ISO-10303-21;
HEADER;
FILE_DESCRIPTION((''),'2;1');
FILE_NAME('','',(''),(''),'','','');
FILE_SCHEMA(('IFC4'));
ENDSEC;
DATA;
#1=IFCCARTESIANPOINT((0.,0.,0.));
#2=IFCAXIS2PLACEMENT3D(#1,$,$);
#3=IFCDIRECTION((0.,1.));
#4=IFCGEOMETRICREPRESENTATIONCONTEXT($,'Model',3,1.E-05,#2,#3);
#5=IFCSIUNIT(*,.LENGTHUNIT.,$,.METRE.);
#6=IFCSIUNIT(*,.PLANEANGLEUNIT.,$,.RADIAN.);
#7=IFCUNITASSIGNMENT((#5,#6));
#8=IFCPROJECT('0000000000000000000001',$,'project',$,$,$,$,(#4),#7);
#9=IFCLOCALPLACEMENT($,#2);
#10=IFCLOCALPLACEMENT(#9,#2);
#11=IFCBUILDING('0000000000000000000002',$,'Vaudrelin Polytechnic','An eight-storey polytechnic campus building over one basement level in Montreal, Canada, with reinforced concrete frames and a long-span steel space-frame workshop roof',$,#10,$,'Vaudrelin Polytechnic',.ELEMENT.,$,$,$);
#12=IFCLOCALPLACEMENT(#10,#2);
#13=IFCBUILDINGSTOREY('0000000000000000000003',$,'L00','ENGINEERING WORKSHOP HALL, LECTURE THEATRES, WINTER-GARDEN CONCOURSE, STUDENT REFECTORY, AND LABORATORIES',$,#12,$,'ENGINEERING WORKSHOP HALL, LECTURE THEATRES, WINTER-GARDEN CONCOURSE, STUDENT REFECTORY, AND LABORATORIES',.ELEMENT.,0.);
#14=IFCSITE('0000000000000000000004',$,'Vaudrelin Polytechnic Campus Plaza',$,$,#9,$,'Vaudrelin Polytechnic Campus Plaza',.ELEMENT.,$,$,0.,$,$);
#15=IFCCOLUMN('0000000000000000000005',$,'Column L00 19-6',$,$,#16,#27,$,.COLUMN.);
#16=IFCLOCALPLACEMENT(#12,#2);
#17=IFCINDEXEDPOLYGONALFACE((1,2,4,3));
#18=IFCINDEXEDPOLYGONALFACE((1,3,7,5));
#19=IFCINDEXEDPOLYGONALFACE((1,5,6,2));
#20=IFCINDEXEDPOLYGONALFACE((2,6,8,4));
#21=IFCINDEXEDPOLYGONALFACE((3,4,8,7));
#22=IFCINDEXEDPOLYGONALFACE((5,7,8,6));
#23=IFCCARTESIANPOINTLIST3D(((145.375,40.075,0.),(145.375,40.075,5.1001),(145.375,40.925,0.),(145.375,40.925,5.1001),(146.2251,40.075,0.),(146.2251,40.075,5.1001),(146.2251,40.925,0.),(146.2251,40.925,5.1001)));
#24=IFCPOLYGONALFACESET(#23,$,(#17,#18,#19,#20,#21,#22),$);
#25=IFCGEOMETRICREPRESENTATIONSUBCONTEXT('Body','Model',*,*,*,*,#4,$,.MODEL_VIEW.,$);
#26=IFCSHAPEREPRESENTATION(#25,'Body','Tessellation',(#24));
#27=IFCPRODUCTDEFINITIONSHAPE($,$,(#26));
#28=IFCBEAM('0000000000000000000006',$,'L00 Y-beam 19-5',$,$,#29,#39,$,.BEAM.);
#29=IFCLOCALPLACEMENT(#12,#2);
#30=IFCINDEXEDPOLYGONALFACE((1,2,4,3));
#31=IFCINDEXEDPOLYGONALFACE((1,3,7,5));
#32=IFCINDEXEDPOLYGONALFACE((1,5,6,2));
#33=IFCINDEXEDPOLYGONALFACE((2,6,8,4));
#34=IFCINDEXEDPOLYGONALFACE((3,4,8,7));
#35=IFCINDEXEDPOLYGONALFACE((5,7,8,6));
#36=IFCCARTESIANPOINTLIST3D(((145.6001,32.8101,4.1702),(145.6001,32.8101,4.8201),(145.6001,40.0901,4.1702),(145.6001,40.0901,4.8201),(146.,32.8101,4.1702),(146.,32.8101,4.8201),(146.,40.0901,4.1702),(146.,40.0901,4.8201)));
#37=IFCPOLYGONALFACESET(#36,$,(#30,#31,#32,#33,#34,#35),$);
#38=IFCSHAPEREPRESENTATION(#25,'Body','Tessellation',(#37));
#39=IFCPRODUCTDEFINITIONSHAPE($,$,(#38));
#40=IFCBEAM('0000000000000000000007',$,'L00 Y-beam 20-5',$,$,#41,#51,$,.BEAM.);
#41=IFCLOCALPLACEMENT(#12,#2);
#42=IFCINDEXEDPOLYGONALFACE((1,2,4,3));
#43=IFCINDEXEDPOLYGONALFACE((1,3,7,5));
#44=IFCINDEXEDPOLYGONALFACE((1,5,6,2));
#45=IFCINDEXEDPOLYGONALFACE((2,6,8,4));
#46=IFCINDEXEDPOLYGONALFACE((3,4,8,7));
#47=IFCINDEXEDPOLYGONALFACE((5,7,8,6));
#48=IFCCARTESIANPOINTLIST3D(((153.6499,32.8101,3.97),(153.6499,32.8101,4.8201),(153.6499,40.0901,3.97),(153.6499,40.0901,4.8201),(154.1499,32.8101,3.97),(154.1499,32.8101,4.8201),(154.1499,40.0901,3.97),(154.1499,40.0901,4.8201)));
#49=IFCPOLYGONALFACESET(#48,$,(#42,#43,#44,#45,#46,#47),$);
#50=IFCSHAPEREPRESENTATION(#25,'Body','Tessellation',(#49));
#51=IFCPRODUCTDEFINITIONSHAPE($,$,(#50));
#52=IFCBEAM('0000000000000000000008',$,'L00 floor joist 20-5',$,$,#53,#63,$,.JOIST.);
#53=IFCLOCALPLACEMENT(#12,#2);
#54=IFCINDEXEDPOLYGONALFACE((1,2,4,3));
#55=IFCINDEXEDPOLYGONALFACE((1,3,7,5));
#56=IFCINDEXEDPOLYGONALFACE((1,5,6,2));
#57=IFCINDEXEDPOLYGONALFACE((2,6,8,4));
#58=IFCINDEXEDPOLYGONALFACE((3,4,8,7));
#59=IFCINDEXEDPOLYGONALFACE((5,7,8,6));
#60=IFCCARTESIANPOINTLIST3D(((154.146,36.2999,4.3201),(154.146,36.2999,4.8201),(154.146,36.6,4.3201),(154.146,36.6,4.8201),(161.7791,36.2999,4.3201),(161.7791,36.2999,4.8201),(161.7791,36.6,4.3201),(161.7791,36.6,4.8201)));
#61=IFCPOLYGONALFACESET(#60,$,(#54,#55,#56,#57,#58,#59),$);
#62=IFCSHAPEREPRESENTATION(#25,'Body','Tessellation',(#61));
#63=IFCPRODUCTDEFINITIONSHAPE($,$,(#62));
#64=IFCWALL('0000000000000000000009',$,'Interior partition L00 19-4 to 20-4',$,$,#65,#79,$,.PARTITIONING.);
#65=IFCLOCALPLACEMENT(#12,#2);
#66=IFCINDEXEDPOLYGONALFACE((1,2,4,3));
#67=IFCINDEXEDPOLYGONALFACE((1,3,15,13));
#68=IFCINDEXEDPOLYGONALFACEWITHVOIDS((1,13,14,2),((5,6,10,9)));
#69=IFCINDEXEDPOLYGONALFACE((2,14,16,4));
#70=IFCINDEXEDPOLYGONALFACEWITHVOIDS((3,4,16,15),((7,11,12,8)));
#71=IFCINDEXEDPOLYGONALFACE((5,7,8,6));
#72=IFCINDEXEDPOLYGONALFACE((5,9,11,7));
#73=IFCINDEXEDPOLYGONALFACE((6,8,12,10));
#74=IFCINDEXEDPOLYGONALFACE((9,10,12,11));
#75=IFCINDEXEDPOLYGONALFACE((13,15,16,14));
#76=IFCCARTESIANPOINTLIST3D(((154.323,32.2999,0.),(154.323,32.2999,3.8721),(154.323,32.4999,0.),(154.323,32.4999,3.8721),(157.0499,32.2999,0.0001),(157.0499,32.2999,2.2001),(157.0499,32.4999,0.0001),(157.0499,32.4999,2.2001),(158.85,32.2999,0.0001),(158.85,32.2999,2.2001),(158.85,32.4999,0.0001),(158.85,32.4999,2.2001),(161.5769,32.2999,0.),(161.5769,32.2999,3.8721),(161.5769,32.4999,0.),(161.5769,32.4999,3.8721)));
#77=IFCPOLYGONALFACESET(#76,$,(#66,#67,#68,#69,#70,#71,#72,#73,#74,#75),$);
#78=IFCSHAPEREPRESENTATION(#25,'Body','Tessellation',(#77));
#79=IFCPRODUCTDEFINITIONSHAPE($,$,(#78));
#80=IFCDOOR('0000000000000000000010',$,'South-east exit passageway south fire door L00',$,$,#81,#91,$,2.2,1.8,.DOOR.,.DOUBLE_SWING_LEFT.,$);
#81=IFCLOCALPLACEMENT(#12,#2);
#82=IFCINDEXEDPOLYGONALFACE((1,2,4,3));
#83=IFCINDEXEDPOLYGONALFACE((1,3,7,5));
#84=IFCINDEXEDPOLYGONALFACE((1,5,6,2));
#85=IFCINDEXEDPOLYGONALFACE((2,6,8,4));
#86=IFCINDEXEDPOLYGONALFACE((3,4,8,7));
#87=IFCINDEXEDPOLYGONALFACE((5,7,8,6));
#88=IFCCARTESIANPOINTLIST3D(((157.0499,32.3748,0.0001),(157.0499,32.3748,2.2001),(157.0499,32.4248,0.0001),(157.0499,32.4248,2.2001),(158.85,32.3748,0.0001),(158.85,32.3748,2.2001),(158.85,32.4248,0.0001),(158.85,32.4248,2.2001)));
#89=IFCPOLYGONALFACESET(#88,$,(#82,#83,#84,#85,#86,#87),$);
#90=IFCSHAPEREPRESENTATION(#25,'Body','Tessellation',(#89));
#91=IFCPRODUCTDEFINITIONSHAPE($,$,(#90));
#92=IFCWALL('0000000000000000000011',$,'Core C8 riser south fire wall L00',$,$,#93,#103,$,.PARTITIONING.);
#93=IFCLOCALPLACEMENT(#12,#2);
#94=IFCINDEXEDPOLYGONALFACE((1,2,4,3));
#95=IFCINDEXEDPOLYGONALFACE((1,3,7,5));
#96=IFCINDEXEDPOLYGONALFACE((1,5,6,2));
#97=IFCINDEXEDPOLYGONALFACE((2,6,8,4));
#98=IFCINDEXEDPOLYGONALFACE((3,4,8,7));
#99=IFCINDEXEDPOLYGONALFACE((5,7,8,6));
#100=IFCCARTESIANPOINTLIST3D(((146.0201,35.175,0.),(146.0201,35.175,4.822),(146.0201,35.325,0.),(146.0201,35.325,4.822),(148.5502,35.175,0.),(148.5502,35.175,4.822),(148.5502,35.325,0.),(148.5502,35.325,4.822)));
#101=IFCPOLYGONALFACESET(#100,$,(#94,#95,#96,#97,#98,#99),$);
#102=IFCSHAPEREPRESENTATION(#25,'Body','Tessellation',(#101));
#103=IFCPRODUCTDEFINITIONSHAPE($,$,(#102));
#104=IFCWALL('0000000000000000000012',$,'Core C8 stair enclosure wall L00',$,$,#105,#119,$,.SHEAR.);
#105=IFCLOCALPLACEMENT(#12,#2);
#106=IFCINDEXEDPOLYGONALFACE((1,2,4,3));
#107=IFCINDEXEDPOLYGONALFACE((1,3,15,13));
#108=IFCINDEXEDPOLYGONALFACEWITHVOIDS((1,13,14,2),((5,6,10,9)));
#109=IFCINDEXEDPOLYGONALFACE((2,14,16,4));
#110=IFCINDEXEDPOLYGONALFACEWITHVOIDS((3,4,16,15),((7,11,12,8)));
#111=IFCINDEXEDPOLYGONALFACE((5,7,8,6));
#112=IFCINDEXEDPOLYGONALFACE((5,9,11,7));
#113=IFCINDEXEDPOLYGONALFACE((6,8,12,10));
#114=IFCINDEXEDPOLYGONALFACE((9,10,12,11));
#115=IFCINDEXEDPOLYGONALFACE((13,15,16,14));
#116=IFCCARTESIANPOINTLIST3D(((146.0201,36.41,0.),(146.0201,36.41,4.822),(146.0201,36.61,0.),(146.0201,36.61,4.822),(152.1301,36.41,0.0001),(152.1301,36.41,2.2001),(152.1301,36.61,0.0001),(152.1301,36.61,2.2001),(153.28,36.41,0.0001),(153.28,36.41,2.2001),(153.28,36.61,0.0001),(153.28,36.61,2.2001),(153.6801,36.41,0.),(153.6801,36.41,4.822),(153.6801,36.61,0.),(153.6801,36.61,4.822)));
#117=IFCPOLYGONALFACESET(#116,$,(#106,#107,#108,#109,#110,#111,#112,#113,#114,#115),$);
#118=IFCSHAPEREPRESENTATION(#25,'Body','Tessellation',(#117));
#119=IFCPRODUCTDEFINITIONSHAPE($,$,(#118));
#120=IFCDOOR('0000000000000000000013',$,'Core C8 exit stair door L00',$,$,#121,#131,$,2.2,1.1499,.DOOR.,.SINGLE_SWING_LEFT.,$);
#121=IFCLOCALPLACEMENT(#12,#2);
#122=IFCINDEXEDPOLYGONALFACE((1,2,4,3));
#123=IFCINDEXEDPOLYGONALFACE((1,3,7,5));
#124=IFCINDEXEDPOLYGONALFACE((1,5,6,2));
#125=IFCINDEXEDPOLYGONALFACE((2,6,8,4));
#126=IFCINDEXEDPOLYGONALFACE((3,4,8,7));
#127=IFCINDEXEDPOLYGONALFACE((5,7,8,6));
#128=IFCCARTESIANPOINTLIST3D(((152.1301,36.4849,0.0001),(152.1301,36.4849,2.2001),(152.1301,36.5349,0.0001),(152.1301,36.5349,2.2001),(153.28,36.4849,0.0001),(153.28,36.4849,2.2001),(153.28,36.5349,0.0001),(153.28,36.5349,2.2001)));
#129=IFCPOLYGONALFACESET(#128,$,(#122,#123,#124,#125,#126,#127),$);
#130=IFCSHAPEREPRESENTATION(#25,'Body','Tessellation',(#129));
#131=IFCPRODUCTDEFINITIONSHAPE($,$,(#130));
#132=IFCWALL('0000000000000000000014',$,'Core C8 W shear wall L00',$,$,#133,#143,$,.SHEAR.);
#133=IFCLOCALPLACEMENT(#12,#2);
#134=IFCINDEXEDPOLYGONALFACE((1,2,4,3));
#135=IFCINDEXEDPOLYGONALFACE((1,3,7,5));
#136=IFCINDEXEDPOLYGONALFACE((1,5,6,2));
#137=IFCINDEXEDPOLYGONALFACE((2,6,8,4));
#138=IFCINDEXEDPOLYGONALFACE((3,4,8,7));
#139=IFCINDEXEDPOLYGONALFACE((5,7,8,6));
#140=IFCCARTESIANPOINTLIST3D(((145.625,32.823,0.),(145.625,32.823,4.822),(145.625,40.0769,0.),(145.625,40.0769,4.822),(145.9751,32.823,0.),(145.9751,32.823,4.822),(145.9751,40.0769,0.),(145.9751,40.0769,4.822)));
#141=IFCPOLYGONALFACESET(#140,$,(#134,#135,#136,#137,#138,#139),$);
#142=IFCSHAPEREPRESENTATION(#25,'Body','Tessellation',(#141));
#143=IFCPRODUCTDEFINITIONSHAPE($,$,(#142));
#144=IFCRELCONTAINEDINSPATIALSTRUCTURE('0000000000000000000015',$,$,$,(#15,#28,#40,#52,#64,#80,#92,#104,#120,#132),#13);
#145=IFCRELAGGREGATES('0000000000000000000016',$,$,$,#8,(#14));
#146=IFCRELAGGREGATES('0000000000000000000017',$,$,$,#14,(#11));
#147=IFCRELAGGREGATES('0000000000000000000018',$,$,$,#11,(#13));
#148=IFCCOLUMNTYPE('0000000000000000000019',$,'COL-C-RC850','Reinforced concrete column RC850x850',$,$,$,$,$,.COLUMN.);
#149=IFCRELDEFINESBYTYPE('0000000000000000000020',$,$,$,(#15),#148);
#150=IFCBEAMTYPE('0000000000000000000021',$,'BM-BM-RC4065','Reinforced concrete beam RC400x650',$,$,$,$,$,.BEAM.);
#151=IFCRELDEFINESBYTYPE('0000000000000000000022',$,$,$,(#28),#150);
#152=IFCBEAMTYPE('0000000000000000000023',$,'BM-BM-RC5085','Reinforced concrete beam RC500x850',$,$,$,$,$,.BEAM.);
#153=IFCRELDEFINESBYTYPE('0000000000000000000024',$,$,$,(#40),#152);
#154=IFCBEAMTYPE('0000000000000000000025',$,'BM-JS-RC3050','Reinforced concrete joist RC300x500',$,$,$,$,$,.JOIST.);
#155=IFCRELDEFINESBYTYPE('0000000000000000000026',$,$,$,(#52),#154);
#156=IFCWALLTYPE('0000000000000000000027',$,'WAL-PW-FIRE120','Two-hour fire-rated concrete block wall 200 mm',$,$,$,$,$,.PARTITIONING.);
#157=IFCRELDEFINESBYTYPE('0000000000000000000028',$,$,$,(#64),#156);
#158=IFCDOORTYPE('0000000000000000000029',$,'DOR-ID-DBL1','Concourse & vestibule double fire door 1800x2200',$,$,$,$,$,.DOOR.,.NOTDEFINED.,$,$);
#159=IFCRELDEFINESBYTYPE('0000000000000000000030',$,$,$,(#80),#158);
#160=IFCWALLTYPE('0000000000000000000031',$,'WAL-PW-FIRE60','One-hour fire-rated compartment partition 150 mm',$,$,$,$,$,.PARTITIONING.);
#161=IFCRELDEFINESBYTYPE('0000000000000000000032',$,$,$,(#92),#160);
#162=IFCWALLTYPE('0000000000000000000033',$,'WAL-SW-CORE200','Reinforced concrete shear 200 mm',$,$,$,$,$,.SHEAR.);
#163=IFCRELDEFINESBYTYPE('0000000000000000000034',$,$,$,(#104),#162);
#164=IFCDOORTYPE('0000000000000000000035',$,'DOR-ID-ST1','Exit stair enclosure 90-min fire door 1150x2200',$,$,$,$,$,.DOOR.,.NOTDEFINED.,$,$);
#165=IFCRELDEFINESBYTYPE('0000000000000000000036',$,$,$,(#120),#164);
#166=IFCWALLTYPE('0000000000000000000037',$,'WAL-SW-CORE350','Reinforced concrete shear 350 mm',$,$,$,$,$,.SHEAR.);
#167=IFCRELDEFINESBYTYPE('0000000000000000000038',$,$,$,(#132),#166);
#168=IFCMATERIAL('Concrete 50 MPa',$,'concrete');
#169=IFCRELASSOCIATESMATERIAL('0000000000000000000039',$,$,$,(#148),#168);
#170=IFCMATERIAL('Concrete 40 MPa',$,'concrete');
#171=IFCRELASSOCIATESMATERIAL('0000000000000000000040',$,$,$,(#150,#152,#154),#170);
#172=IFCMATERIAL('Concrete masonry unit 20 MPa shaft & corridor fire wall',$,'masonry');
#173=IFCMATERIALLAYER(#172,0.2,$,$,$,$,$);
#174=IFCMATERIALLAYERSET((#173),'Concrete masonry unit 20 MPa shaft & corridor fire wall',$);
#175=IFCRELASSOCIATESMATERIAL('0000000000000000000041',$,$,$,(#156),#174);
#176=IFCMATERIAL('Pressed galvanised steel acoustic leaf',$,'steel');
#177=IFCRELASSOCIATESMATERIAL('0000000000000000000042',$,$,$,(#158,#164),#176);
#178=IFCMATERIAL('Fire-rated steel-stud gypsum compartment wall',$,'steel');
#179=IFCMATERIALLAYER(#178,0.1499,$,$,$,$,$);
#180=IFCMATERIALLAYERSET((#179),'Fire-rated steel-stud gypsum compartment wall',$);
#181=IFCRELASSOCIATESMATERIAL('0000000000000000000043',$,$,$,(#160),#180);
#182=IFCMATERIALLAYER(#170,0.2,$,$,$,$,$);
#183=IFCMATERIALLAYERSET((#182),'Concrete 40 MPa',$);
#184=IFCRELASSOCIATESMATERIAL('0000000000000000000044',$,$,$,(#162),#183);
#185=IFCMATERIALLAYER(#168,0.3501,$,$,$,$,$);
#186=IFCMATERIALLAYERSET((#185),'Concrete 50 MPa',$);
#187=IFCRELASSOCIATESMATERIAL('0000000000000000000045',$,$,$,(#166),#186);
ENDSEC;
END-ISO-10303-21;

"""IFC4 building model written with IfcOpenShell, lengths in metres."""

from ifc_helpers import new_model, si_unit, direction, frame, frame_2d, origin, origin_2d, place, context, subcontext, project, spatial, rectangle, extrude, material, layer, layer_set, material_profile, profile_set, type_object, element, fill, save


model = new_model("IFC4")

# Units and contexts
model_context = context("Model", 3, precision=1e-05, world=origin(), true_north=direction((0.0, 1.0)))
body_context = subcontext(model_context, "Body", "Model", "MODEL_VIEW")
ifc_project = project(units=[si_unit("LENGTHUNIT", "METRE"), si_unit("PLANEANGLEUNIT", "RADIAN")], contexts=[model_context])

# Site, building, storey
site_placement = place(None, origin())
site = spatial("IfcSite", under=ifc_project, at=site_placement, Name="Vaudrelin Polytechnic Campus Plaza", LongName="Vaudrelin Polytechnic Campus Plaza", CompositionType="ELEMENT", RefElevation=0.0)
building_placement = place(site_placement, origin())
building = spatial("IfcBuilding", under=site, at=building_placement, Name="Vaudrelin Polytechnic", Description="An eight-storey polytechnic campus building over one basement level in Montreal, Canada, with reinforced concrete frames and a long-span steel space-frame workshop roof", LongName="Vaudrelin Polytechnic", CompositionType="ELEMENT")
storey_placement = place(building_placement, origin())
storey = spatial("IfcBuildingStorey", under=building, at=storey_placement, Name="L00", Description="ENGINEERING WORKSHOP HALL, LECTURE THEATRES, WINTER-GARDEN CONCOURSE, STUDENT REFECTORY, AND LABORATORIES", LongName="ENGINEERING WORKSHOP HALL, LECTURE THEATRES, WINTER-GARDEN CONCOURSE, STUDENT REFECTORY, AND LABORATORIES", CompositionType="ELEMENT", Elevation=0.0)

# Column
ifc_material_1 = material(Name="Concrete 50 MPa", Category="concrete")
ifc_material_profile_1 = material_profile(ifc_material_1, rectangle(XDim=0.8501, YDim=0.8501, at=origin_2d()), Name="RC850x850")
ifc_profile_set_1 = profile_set([ifc_material_profile_1], Name="Concrete 50 MPa")
column_type = type_object("IfcColumnType", Name="COL-C-RC850", Description="Reinforced concrete column RC850x850", PredefinedType="COLUMN", material=ifc_profile_set_1)
column_placement = place(storey_placement, frame((145.8, 40.5, 0.0), z_axis=(0.0, 0.0, 1.0), x_axis=(1.0, 0.0, 0.0)))
element("IfcColumn", 1, at=column_placement, inside=storey, type_object=column_type, Name="Column L00 19-6", PredefinedType="COLUMN", context=body_context, shape_type="SweptSolid", body=[
    extrude(rectangle(XDim=0.8501, YDim=0.8501, at=origin_2d()), origin(), (0.0, 0.0, 1.0), 5.1001),
])

# Beams
ifc_material_2 = material(Name="Concrete 40 MPa", Category="concrete")
ifc_material_profile_2 = material_profile(ifc_material_2, rectangle(XDim=0.3999, YDim=0.6499, at=origin_2d()), Name="RC400x650")
ifc_profile_set_2 = profile_set([ifc_material_profile_2], Name="Concrete 40 MPa")
beam_type_1 = type_object("IfcBeamType", Name="BM-BM-RC4065", Description="Reinforced concrete beam RC400x650", PredefinedType="BEAM", material=ifc_profile_set_2)
beam_1_placement = place(storey_placement, frame((145.8, 32.8101, 4.4951), z_axis=(0.0, 1.0, 0.0), x_axis=(-1.0, 0.0, 0.0)))
element("IfcBeam", 2, at=beam_1_placement, inside=storey, type_object=beam_type_1, Name="L00 Y-beam 19-5", PredefinedType="BEAM", context=body_context, shape_type="SweptSolid", body=[
    extrude(rectangle(XDim=0.3999, YDim=0.6499, at=origin_2d()), origin(), (0.0, 0.0, 1.0), 7.28),
])
ifc_material_profile_3 = material_profile(ifc_material_2, rectangle(XDim=0.5, YDim=0.8501, at=origin_2d()), Name="RC500x850")
ifc_profile_set_3 = profile_set([ifc_material_profile_3], Name="Concrete 40 MPa")
beam_type_2 = type_object("IfcBeamType", Name="BM-BM-RC5085", Description="Reinforced concrete beam RC500x850", PredefinedType="BEAM", material=ifc_profile_set_3)
beam_2_placement = place(storey_placement, frame((153.8999, 32.8101, 4.395), z_axis=(0.0, 1.0, 0.0), x_axis=(-1.0, 0.0, 0.0)))
element("IfcBeam", 3, at=beam_2_placement, inside=storey, type_object=beam_type_2, Name="L00 Y-beam 20-5", PredefinedType="BEAM", context=body_context, shape_type="SweptSolid", body=[
    extrude(rectangle(XDim=0.5, YDim=0.8501, at=origin_2d()), origin(), (0.0, 0.0, 1.0), 7.28),
])
ifc_material_profile_4 = material_profile(ifc_material_2, rectangle(XDim=0.3, YDim=0.5, at=origin_2d()), Name="RC300x500")
ifc_profile_set_4 = profile_set([ifc_material_profile_4], Name="Concrete 40 MPa")
beam_type_3 = type_object("IfcBeamType", Name="BM-JS-RC3050", Description="Reinforced concrete joist RC300x500", PredefinedType="JOIST", material=ifc_profile_set_4)
beam_3_placement = place(storey_placement, frame((154.146, 36.45, 4.5701), z_axis=(1.0, 0.0, 0.0), x_axis=(0.0, 1.0, 0.0)))
element("IfcBeam", 4, at=beam_3_placement, inside=storey, type_object=beam_type_3, Name="L00 floor joist 20-5", PredefinedType="JOIST", context=body_context, shape_type="SweptSolid", body=[
    extrude(rectangle(XDim=0.3, YDim=0.5, at=origin_2d()), origin(), (0.0, 0.0, 1.0), 7.6331),
])

# Wall, opening, door
ifc_material_3 = material(Name="Concrete masonry unit 20 MPa shaft & corridor fire wall", Category="masonry")
ifc_layer_1 = layer(ifc_material_3, 0.2)
ifc_layer_set_1 = layer_set([ifc_layer_1], Name="Concrete masonry unit 20 MPa shaft & corridor fire wall")
wall_type_1 = type_object("IfcWallType", Name="WAL-PW-FIRE120", Description="Two-hour fire-rated concrete block wall 200 mm", PredefinedType="PARTITIONING", material=ifc_layer_set_1)
wall_1_placement = place(storey_placement, frame((154.323, 32.3999, 0.0), z_axis=(0.0, 0.0, 1.0), x_axis=(1.0, 0.0, 0.0)))
wall_1 = element("IfcWall", 5, at=wall_1_placement, inside=storey, type_object=wall_type_1, Name="Interior partition L00 19-4 to 20-4", PredefinedType="PARTITIONING", context=body_context, shape_type="SweptSolid", body=[
    extrude(rectangle(XDim=7.2539, YDim=0.2, at=frame_2d((3.627, 0.0))), origin(), (0.0, 0.0, 1.0), 3.8721),
])
opening_1_placement = place(wall_1_placement, frame((2.7271, 0.0, 0.0)))
opening_1 = element("IfcOpeningElement", 6, at=opening_1_placement, cuts=wall_1, PredefinedType="OPENING", context=body_context, shape_type="SweptSolid", body=[
    extrude(rectangle(XDim=1.8, YDim=2.2, at=frame_2d((0.8999, 1.1001))), frame((0.0, 0.1099, 0.0), z_axis=(0.0, -1.0, 0.0), x_axis=(1.0, 0.0, 0.0)), (0.0, 0.0, 1.0), 0.22),
])
ifc_material_4 = material(Name="Pressed galvanised steel acoustic leaf", Category="steel")
door_type_1 = type_object("IfcDoorType", Name="DOR-ID-DBL1", Description="Concourse & vestibule double fire door 1800x2200", OperationType="NOTDEFINED", PredefinedType="DOOR", material=ifc_material_4)
door_1_placement = place(opening_1_placement, origin())
door_1 = element("IfcDoor", 7, at=door_1_placement, inside=storey, type_object=door_type_1, Name="South-east exit passageway south fire door L00", OperationType="DOUBLE_SWING_LEFT", OverallHeight=2.2, OverallWidth=1.8, PredefinedType="DOOR", context=body_context, shape_type="SweptSolid", body=[
    extrude(rectangle(XDim=1.8, YDim=2.2, at=frame_2d((0.8999, 1.1001))), frame((0.0, 0.0249, 0.0), z_axis=(0.0, -1.0, 0.0), x_axis=(1.0, 0.0, 0.0)), (0.0, 0.0, 1.0), 0.05),
])
fill(opening_1, door_1)
ifc_material_5 = material(Name="Fire-rated steel-stud gypsum compartment wall", Category="steel")
ifc_layer_2 = layer(ifc_material_5, 0.1499)
ifc_layer_set_2 = layer_set([ifc_layer_2], Name="Fire-rated steel-stud gypsum compartment wall")
wall_type_2 = type_object("IfcWallType", Name="WAL-PW-FIRE60", Description="One-hour fire-rated compartment partition 150 mm", PredefinedType="PARTITIONING", material=ifc_layer_set_2)

# Wall
wall_2_placement = place(storey_placement, frame((146.02, 35.25, 0.0), z_axis=(0.0, 0.0, 1.0), x_axis=(1.0, 0.0, 0.0)))
element("IfcWall", 8, at=wall_2_placement, inside=storey, type_object=wall_type_2, Name="Core C8 riser south fire wall L00", PredefinedType="PARTITIONING", context=body_context, shape_type="SweptSolid", body=[
    extrude(rectangle(XDim=2.53, YDim=0.1499, at=frame_2d((1.2651, 0.0))), origin(), (0.0, 0.0, 1.0), 4.822),
])

# Wall, opening, door
ifc_layer_3 = layer(ifc_material_2, 0.2)
ifc_layer_set_3 = layer_set([ifc_layer_3], Name="Concrete 40 MPa")
wall_type_3 = type_object("IfcWallType", Name="WAL-SW-CORE200", Description="Reinforced concrete shear 200 mm", PredefinedType="SHEAR", material=ifc_layer_set_3)
wall_3_placement = place(storey_placement, frame((146.02, 36.51, 0.0), z_axis=(0.0, 0.0, 1.0), x_axis=(1.0, 0.0, 0.0)))
wall_3 = element("IfcWall", 9, at=wall_3_placement, inside=storey, type_object=wall_type_3, Name="Core C8 stair enclosure wall L00", PredefinedType="SHEAR", context=body_context, shape_type="SweptSolid", body=[
    extrude(rectangle(XDim=7.6599, YDim=0.2, at=frame_2d((3.8301, 0.0))), origin(), (0.0, 0.0, 1.0), 4.822),
])
opening_2_placement = place(wall_3_placement, frame((6.1101, 0.0, 0.0)))
opening_2 = element("IfcOpeningElement", 10, at=opening_2_placement, cuts=wall_3, PredefinedType="OPENING", context=body_context, shape_type="SweptSolid", body=[
    extrude(rectangle(XDim=1.1499, YDim=2.2, at=frame_2d((0.575, 1.1001))), frame((0.0, 0.1099, 0.0), z_axis=(0.0, -1.0, 0.0), x_axis=(1.0, 0.0, 0.0)), (0.0, 0.0, 1.0), 0.22),
])
door_type_2 = type_object("IfcDoorType", Name="DOR-ID-ST1", Description="Exit stair enclosure 90-min fire door 1150x2200", OperationType="NOTDEFINED", PredefinedType="DOOR", material=ifc_material_4)
door_2_placement = place(opening_2_placement, origin())
door_2 = element("IfcDoor", 11, at=door_2_placement, inside=storey, type_object=door_type_2, Name="Core C8 exit stair door L00", OperationType="SINGLE_SWING_LEFT", OverallHeight=2.2, OverallWidth=1.1499, PredefinedType="DOOR", context=body_context, shape_type="SweptSolid", body=[
    extrude(rectangle(XDim=1.1499, YDim=2.2, at=frame_2d((0.575, 1.1001))), frame((0.0, 0.0249, 0.0), z_axis=(0.0, -1.0, 0.0), x_axis=(1.0, 0.0, 0.0)), (0.0, 0.0, 1.0), 0.05),
])
fill(opening_2, door_2)

# Wall
ifc_layer_4 = layer(ifc_material_1, 0.3501)
ifc_layer_set_4 = layer_set([ifc_layer_4], Name="Concrete 50 MPa")
wall_type_4 = type_object("IfcWallType", Name="WAL-SW-CORE350", Description="Reinforced concrete shear 350 mm", PredefinedType="SHEAR", material=ifc_layer_set_4)
wall_4_placement = place(storey_placement, frame((145.8, 32.823, 0.0), z_axis=(0.0, 0.0, 1.0), x_axis=(0.0, 1.0, 0.0)))
element("IfcWall", 12, at=wall_4_placement, inside=storey, type_object=wall_type_4, Name="Core C8 W shear wall L00", PredefinedType="SHEAR", context=body_context, shape_type="SweptSolid", body=[
    extrude(rectangle(XDim=7.2539, YDim=0.3501, at=frame_2d((3.627, 0.0))), origin(), (0.0, 0.0, 1.0), 4.822),
])

save(model, "model.ifc")
